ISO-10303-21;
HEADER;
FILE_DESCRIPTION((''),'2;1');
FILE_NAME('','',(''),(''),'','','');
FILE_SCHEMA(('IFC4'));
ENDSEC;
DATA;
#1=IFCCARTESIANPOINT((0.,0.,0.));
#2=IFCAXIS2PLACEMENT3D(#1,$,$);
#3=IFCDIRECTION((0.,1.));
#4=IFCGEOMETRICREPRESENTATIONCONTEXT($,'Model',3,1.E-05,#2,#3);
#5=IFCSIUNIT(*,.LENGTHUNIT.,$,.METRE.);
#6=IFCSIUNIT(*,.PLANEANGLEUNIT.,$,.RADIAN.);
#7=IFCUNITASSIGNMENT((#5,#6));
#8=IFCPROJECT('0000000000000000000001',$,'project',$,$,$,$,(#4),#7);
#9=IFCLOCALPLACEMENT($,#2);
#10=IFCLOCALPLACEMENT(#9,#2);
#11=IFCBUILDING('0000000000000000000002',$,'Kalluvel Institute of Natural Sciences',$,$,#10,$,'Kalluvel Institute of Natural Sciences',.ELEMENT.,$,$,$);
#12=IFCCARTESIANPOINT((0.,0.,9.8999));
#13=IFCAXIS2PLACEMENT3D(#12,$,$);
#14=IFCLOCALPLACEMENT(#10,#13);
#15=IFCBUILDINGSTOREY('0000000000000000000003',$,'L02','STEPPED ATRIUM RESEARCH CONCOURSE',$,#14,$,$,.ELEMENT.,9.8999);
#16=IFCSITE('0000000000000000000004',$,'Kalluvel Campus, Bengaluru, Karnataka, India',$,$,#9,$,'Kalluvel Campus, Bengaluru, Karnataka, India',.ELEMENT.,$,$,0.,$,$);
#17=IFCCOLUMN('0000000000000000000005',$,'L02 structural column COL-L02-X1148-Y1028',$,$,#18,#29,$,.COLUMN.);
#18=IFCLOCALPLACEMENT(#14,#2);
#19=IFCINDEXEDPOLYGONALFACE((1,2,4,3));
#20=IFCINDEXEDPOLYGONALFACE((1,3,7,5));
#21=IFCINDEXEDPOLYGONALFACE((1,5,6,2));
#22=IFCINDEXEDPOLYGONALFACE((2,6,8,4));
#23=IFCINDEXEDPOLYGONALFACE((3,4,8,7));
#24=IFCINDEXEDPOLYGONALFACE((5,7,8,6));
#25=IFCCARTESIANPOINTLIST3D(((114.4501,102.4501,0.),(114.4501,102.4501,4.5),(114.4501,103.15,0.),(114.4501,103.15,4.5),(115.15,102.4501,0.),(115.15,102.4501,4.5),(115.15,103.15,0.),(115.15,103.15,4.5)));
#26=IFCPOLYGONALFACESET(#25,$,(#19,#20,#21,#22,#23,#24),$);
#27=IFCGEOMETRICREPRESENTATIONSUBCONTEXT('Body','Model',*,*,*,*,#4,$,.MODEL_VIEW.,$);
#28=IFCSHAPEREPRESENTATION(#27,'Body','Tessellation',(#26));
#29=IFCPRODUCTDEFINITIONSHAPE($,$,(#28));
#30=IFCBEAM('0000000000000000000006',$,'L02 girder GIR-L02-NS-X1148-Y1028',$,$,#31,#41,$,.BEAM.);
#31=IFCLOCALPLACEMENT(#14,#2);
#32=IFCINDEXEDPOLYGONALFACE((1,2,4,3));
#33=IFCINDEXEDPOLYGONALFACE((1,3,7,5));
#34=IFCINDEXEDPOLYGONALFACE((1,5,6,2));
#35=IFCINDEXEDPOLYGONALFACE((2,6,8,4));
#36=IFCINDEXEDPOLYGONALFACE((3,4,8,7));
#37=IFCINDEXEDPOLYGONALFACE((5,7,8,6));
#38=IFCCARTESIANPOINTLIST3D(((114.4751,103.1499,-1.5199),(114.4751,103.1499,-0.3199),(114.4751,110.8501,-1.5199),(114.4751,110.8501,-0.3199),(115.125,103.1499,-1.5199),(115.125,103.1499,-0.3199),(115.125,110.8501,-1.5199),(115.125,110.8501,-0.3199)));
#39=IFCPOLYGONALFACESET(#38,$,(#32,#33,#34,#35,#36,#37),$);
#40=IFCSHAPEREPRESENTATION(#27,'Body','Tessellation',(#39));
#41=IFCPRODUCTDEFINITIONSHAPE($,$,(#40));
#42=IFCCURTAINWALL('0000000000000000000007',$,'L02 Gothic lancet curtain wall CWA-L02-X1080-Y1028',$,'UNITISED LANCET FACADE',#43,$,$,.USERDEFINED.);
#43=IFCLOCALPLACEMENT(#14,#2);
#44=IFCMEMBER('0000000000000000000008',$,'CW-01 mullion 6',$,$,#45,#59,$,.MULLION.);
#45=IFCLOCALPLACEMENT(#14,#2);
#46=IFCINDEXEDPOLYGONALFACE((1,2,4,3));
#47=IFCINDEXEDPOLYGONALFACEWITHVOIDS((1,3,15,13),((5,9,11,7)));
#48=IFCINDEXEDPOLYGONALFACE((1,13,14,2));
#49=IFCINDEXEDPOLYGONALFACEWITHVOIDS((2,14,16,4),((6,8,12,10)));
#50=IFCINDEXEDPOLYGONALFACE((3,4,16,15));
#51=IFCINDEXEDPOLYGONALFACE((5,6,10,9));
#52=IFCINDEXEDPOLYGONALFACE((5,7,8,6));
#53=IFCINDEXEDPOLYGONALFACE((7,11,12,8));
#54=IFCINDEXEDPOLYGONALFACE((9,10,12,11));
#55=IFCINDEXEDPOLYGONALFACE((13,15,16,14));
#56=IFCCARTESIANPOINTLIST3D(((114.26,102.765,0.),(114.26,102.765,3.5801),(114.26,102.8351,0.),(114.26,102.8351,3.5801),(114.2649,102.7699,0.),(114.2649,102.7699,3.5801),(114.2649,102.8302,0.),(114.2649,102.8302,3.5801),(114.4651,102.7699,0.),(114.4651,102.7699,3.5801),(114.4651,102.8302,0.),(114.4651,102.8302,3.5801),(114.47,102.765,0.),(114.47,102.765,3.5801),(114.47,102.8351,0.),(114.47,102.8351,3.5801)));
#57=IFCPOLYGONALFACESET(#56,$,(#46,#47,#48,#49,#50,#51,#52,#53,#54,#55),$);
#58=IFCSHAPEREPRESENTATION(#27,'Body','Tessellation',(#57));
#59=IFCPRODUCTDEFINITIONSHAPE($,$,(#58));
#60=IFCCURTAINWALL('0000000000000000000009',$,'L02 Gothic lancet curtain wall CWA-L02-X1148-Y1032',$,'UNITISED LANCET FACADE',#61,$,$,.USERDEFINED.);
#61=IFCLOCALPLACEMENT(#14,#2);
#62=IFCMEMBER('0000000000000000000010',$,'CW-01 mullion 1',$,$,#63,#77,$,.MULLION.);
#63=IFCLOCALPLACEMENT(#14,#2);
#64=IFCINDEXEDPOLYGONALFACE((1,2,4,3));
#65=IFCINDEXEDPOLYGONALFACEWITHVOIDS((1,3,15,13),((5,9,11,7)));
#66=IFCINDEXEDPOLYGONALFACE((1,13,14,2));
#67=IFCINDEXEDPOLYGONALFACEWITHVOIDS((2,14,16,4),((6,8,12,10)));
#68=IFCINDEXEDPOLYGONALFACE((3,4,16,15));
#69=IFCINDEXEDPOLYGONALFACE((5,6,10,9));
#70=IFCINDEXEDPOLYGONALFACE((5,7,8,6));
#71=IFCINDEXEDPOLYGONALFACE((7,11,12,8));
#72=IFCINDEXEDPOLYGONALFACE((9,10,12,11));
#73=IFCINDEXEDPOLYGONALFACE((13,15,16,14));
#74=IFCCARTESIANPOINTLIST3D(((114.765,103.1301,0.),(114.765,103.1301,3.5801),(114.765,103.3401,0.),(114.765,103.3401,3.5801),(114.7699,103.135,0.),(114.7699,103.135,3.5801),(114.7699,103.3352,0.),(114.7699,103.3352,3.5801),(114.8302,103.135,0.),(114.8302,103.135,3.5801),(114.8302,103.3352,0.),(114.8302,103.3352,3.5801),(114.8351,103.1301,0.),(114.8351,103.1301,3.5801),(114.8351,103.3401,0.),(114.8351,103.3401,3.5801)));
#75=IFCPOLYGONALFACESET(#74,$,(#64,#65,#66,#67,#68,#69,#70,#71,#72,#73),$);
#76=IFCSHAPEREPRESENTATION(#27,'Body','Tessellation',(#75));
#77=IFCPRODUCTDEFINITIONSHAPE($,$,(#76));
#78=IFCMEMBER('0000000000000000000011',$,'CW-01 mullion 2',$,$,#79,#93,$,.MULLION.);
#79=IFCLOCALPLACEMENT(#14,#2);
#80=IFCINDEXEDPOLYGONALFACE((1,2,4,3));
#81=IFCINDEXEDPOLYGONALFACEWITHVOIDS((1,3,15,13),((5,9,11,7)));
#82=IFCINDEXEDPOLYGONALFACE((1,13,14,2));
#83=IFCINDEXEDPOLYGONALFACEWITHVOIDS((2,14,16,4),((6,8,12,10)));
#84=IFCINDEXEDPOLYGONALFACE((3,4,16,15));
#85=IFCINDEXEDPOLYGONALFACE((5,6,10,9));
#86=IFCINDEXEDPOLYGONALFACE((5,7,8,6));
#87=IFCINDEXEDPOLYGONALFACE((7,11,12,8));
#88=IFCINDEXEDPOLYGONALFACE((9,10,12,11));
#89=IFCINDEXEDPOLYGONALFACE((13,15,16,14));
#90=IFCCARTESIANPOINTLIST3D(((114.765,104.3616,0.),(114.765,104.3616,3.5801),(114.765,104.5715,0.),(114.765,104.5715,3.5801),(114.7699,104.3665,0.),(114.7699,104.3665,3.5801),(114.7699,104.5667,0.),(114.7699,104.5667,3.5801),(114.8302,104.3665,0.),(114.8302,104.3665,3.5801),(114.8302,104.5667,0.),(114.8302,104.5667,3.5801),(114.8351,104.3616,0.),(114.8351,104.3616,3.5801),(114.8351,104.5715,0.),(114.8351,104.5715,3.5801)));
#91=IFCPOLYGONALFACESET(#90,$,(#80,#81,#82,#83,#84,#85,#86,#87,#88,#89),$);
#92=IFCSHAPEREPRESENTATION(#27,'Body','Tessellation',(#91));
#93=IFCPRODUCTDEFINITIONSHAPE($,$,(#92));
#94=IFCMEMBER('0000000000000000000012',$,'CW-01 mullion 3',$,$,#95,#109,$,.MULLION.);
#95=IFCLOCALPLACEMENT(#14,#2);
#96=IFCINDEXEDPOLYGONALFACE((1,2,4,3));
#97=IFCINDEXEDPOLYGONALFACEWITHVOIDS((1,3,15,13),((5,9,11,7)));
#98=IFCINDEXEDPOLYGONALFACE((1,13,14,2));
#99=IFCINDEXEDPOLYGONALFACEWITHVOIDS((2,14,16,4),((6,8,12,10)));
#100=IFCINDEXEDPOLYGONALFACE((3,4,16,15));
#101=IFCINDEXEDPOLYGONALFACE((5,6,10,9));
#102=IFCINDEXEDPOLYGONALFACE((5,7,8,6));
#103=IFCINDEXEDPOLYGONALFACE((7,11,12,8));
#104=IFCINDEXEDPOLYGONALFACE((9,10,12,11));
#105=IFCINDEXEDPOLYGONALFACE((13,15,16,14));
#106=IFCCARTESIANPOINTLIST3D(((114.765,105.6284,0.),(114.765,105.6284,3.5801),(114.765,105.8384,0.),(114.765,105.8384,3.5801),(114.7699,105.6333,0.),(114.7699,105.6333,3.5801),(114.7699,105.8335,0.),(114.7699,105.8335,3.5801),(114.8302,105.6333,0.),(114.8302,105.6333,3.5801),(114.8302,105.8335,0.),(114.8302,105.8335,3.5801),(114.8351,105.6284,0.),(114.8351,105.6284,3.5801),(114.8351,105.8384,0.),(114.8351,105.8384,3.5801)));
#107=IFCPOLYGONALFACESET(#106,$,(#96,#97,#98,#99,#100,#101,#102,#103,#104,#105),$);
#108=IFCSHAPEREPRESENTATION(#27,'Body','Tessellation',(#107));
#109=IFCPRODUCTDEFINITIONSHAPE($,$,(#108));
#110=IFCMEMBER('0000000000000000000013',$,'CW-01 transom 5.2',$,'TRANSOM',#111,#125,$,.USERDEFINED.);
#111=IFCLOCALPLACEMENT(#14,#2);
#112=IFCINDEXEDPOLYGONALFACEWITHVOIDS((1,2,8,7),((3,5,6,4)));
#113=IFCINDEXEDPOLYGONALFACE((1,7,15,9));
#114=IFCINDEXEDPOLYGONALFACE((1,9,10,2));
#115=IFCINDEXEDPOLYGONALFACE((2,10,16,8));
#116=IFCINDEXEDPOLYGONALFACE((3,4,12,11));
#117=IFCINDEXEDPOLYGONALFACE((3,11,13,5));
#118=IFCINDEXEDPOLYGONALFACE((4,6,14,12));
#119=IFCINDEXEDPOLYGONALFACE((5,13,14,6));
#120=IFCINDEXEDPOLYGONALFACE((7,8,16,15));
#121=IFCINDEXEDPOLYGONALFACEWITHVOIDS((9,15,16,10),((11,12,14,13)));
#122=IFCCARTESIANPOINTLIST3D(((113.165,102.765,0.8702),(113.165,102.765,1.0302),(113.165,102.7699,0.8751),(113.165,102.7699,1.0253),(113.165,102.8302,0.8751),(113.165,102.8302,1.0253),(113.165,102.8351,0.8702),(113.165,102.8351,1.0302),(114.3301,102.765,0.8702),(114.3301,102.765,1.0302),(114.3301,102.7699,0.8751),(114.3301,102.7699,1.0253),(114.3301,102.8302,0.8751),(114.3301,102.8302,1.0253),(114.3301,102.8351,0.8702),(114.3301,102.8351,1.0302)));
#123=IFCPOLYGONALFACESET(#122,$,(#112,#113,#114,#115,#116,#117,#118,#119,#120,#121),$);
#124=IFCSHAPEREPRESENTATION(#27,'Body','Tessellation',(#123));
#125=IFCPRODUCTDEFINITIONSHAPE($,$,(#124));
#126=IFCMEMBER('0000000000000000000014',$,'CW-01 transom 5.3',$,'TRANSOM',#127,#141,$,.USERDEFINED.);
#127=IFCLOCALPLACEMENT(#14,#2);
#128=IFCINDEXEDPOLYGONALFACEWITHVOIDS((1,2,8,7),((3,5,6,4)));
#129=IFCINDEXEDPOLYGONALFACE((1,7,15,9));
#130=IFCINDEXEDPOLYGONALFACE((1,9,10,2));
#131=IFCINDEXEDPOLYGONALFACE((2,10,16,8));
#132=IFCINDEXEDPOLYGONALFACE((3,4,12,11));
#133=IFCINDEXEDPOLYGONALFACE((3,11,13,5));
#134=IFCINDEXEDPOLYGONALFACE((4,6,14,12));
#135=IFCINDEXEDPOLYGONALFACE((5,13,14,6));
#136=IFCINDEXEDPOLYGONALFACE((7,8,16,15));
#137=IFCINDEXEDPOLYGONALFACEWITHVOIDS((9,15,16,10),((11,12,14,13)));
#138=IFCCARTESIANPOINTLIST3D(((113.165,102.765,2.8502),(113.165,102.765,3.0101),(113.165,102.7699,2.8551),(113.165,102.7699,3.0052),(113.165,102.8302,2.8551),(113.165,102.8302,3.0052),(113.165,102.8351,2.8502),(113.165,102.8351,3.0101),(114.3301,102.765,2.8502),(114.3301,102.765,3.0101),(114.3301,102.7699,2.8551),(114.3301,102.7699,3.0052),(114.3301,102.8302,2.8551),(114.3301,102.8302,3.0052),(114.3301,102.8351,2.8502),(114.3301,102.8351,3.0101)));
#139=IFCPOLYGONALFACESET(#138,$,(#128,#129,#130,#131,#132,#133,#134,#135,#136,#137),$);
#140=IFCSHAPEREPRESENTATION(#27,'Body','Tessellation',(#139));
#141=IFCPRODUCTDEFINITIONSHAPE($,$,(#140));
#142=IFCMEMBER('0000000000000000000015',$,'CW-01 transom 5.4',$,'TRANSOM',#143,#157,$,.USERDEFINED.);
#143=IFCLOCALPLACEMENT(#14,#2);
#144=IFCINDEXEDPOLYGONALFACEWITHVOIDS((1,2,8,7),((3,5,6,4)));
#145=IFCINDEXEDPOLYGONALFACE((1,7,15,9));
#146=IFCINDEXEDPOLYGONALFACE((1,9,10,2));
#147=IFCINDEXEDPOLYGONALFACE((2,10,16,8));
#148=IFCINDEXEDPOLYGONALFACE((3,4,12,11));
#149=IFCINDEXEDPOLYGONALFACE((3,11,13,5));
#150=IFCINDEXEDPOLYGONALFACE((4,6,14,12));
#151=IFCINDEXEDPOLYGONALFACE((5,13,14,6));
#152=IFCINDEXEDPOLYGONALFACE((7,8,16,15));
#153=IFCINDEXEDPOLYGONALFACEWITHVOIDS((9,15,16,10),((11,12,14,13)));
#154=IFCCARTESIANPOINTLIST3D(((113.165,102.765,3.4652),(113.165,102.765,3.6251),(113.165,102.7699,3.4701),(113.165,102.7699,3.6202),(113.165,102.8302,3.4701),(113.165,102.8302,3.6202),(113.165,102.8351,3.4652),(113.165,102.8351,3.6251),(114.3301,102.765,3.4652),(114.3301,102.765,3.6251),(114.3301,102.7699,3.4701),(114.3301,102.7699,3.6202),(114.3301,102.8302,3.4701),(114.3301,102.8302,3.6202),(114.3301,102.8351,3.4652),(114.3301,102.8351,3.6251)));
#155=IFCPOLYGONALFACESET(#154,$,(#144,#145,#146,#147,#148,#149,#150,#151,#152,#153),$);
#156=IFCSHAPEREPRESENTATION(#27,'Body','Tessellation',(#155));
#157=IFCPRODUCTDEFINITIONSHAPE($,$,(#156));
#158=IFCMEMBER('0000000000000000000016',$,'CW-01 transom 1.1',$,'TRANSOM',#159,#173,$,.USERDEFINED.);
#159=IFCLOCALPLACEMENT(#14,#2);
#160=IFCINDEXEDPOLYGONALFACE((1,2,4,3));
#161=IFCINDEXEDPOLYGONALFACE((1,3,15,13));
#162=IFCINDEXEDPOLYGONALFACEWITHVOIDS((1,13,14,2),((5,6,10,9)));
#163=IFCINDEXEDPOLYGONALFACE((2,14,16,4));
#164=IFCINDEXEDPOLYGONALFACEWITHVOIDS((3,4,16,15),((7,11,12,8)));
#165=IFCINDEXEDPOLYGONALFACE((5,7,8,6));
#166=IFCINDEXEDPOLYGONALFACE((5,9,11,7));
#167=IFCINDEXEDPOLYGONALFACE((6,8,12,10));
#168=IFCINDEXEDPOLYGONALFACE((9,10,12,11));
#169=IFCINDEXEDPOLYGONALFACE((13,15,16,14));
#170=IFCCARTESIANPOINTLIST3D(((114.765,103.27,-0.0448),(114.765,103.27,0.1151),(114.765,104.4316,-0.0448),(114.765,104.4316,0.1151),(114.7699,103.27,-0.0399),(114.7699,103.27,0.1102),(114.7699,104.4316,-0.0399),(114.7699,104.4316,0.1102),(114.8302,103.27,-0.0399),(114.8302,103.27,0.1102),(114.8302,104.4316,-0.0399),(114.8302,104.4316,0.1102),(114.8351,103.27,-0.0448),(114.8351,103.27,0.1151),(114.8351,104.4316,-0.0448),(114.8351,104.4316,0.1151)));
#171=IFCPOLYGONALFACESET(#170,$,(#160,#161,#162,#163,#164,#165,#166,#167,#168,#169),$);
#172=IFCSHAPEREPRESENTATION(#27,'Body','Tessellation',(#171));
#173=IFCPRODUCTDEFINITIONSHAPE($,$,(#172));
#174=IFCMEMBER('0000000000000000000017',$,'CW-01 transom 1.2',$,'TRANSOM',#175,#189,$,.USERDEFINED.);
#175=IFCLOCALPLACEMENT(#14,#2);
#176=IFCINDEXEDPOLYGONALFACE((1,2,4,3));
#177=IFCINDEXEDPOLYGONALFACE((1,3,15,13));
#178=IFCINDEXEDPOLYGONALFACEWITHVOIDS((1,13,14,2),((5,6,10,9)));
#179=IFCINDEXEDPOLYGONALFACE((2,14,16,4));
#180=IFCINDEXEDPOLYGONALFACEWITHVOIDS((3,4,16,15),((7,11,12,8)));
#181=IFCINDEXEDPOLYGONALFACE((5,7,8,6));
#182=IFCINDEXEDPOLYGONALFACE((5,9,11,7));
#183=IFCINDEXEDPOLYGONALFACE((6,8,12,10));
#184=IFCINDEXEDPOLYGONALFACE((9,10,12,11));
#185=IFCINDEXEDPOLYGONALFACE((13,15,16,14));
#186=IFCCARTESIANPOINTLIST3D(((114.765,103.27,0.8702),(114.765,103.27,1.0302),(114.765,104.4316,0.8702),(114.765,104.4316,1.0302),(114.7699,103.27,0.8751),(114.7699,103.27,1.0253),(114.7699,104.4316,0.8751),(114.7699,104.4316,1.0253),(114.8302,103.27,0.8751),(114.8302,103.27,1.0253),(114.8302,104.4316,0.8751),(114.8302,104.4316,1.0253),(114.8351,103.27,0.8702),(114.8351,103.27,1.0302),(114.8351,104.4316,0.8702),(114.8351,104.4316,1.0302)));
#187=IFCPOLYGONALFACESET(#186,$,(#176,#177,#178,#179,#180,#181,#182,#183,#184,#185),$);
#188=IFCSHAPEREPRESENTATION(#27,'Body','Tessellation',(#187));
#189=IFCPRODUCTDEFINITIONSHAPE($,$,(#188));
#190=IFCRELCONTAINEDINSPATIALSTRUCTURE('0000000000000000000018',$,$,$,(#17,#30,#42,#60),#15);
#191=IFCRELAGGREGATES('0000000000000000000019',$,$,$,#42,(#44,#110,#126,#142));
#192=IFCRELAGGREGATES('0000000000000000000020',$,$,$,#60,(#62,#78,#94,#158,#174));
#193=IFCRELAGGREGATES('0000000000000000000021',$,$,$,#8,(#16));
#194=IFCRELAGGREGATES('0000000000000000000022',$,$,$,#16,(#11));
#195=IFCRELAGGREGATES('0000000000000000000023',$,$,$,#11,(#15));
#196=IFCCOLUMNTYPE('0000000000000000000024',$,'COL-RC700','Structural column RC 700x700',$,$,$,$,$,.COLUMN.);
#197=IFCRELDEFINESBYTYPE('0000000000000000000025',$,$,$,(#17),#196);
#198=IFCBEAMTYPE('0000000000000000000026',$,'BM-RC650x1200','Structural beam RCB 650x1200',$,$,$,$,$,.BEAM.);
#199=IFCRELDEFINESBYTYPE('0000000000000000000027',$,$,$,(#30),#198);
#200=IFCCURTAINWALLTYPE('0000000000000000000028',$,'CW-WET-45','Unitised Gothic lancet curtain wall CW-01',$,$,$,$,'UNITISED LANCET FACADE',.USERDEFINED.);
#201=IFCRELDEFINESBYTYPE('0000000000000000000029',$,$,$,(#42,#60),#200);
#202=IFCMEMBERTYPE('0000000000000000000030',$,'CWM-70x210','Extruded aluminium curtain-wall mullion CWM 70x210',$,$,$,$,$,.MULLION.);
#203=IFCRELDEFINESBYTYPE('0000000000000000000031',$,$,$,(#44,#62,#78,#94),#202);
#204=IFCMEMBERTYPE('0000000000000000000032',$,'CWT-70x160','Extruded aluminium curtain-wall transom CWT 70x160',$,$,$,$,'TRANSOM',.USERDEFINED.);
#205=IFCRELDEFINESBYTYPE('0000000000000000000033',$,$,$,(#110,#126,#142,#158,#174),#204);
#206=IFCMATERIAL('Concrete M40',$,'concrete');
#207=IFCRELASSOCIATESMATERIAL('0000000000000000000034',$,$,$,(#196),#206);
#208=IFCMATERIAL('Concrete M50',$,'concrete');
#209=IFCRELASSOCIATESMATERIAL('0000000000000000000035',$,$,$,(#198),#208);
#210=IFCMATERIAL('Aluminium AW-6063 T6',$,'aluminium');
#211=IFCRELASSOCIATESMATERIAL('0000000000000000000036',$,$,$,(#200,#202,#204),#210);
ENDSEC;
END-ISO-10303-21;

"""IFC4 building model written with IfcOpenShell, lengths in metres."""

from ifc_helpers import new_model, si_unit, direction, frame, origin, origin_2d, place, context, subcontext, project, spatial, rectangle, hollow_rectangle, extrude, material, material_profile, profile_set, type_object, element, aggregate, save


model = new_model("IFC4")

# Units and contexts
model_context = context("Model", 3, precision=1e-05, world=origin(), true_north=direction((0.0, 1.0)))
body_context = subcontext(model_context, "Body", "Model", "MODEL_VIEW")
ifc_project = project(units=[si_unit("LENGTHUNIT", "METRE"), si_unit("PLANEANGLEUNIT", "RADIAN")], contexts=[model_context])

# Site, building, storey
site_placement = place(None, origin())
site = spatial("IfcSite", under=ifc_project, at=site_placement, Name="Kalluvel Campus, Bengaluru, Karnataka, India", LongName="Kalluvel Campus, Bengaluru, Karnataka, India", CompositionType="ELEMENT", RefElevation=0.0)
building_placement = place(site_placement, origin())
building = spatial("IfcBuilding", under=site, at=building_placement, Name="Kalluvel Institute of Natural Sciences", LongName="Kalluvel Institute of Natural Sciences", CompositionType="ELEMENT")
storey_placement = place(building_placement, frame((0.0, 0.0, 9.8999)))
storey = spatial("IfcBuildingStorey", under=building, at=storey_placement, Name="L02", Description="STEPPED ATRIUM RESEARCH CONCOURSE", CompositionType="ELEMENT", Elevation=9.8999)

# Column
ifc_material_1 = material(Name="Concrete M40", Category="concrete")
ifc_material_profile_1 = material_profile(ifc_material_1, rectangle(XDim=0.7, YDim=0.7, at=origin_2d()), Name="RC 700x700")
ifc_profile_set_1 = profile_set([ifc_material_profile_1], Name="Concrete M40")
column_type = type_object("IfcColumnType", Name="COL-RC700", Description="Structural column RC 700x700", PredefinedType="COLUMN", material=ifc_profile_set_1)
column_placement = place(storey_placement, frame((114.8, 102.8, 0.0), z_axis=(0.0, 0.0, 1.0), x_axis=(1.0, 0.0, 0.0)))
element("IfcColumn", 1, at=column_placement, inside=storey, type_object=column_type, Name="L02 structural column COL-L02-X1148-Y1028", PredefinedType="COLUMN", context=body_context, shape_type="SweptSolid", body=[
    extrude(rectangle(XDim=0.7, YDim=0.7, at=origin_2d()), origin(), (0.0, 0.0, 1.0), 4.5),
])

# Beam
ifc_material_2 = material(Name="Concrete M50", Category="concrete")
ifc_material_profile_2 = material_profile(ifc_material_2, rectangle(XDim=0.6499, YDim=1.2, at=origin_2d()), Name="RCB 650x1200")
ifc_profile_set_2 = profile_set([ifc_material_profile_2], Name="Concrete M50")
beam_type = type_object("IfcBeamType", Name="BM-RC650x1200", Description="Structural beam RCB 650x1200", PredefinedType="BEAM", material=ifc_profile_set_2)
beam_placement = place(storey_placement, frame((114.8, 103.1499, -0.9199), z_axis=(0.0, 1.0, 0.0), x_axis=(-1.0, 0.0, 0.0)))
element("IfcBeam", 2, at=beam_placement, inside=storey, type_object=beam_type, Name="L02 girder GIR-L02-NS-X1148-Y1028", PredefinedType="BEAM", context=body_context, shape_type="SweptSolid", body=[
    extrude(rectangle(XDim=0.6499, YDim=1.2, at=origin_2d()), origin(), (0.0, 0.0, 1.0), 7.7002),
])

# Curtain wall, member
ifc_material_3 = material(Name="Aluminium AW-6063 T6", Category="aluminium")
curtain_wall_type = type_object("IfcCurtainWallType", Name="CW-WET-45", Description="Unitised Gothic lancet curtain wall CW-01", ElementType="UNITISED LANCET FACADE", PredefinedType="USERDEFINED", material=ifc_material_3)
curtain_wall_1_placement = place(storey_placement, origin())
curtain_wall_1 = element("IfcCurtainWall", 3, at=curtain_wall_1_placement, inside=storey, type_object=curtain_wall_type, Name="L02 Gothic lancet curtain wall CWA-L02-X1080-Y1028", ObjectType="UNITISED LANCET FACADE", PredefinedType="USERDEFINED")
ifc_material_profile_3 = material_profile(ifc_material_3, hollow_rectangle(XDim=0.0701, YDim=0.21, WallThickness=0.0049, at=origin_2d()), Name="CWM 70x210")
ifc_profile_set_3 = profile_set([ifc_material_profile_3], Name="Aluminium AW-6063 T6")
member_type_1 = type_object("IfcMemberType", Name="CWM-70x210", Description="Extruded aluminium curtain-wall mullion CWM 70x210", PredefinedType="MULLION", material=ifc_profile_set_3)
member_1_placement = place(storey_placement, frame((114.365, 102.8, 0.0), z_axis=(0.0, 0.0, 1.0), x_axis=(0.0, 1.0, 0.0)))
member_1 = element("IfcMember", 4, at=member_1_placement, type_object=member_type_1, Name="CW-01 mullion 6", PredefinedType="MULLION", context=body_context, shape_type="SweptSolid", body=[
    extrude(hollow_rectangle(XDim=0.0701, YDim=0.21, WallThickness=0.0049, at=origin_2d()), origin(), (0.0, 0.0, 1.0), 3.5801),
])

# Curtain wall, members
curtain_wall_2_placement = place(storey_placement, origin())
curtain_wall_2 = element("IfcCurtainWall", 5, at=curtain_wall_2_placement, inside=storey, type_object=curtain_wall_type, Name="L02 Gothic lancet curtain wall CWA-L02-X1148-Y1032", ObjectType="UNITISED LANCET FACADE", PredefinedType="USERDEFINED")
member_2_placement = place(storey_placement, frame((114.8, 103.2351, 0.0), z_axis=(0.0, 0.0, 1.0), x_axis=(-1.0, 0.0, 0.0)))
member_2 = element("IfcMember", 6, at=member_2_placement, type_object=member_type_1, Name="CW-01 mullion 1", PredefinedType="MULLION", context=body_context, shape_type="SweptSolid", body=[
    extrude(hollow_rectangle(XDim=0.0701, YDim=0.21, WallThickness=0.0049, at=origin_2d()), origin(), (0.0, 0.0, 1.0), 3.5801),
])
member_3_placement = place(storey_placement, frame((114.8, 104.4666, 0.0), z_axis=(0.0, 0.0, 1.0), x_axis=(-1.0, 0.0, 0.0)))
member_3 = element("IfcMember", 7, at=member_3_placement, type_object=member_type_1, Name="CW-01 mullion 2", PredefinedType="MULLION", context=body_context, shape_type="SweptSolid", body=[
    extrude(hollow_rectangle(XDim=0.0701, YDim=0.21, WallThickness=0.0049, at=origin_2d()), origin(), (0.0, 0.0, 1.0), 3.5801),
])
member_4_placement = place(storey_placement, frame((114.8, 105.7334, 0.0), z_axis=(0.0, 0.0, 1.0), x_axis=(-1.0, 0.0, 0.0)))
member_4 = element("IfcMember", 8, at=member_4_placement, type_object=member_type_1, Name="CW-01 mullion 3", PredefinedType="MULLION", context=body_context, shape_type="SweptSolid", body=[
    extrude(hollow_rectangle(XDim=0.0701, YDim=0.21, WallThickness=0.0049, at=origin_2d()), origin(), (0.0, 0.0, 1.0), 3.5801),
])

# Members
ifc_material_profile_4 = material_profile(ifc_material_3, hollow_rectangle(XDim=0.0701, YDim=0.1599, WallThickness=0.0049, at=origin_2d()), Name="CWT 70x160")
ifc_profile_set_4 = profile_set([ifc_material_profile_4], Name="Aluminium AW-6063 T6")
member_type_2 = type_object("IfcMemberType", Name="CWT-70x160", Description="Extruded aluminium curtain-wall transom CWT 70x160", ElementType="TRANSOM", PredefinedType="USERDEFINED", material=ifc_profile_set_4)
member_5_placement = place(storey_placement, frame((113.165, 102.8, 0.9502), z_axis=(1.0, 0.0, 0.0), x_axis=(0.0, 1.0, 0.0)))
member_5 = element("IfcMember", 9, at=member_5_placement, type_object=member_type_2, Name="CW-01 transom 5.2", ObjectType="TRANSOM", PredefinedType="USERDEFINED", context=body_context, shape_type="SweptSolid", body=[
    extrude(hollow_rectangle(XDim=0.0701, YDim=0.1599, WallThickness=0.0049, at=origin_2d()), origin(), (0.0, 0.0, 1.0), 1.165),
])
member_6_placement = place(storey_placement, frame((113.165, 102.8, 2.9302), z_axis=(1.0, 0.0, 0.0), x_axis=(0.0, 1.0, 0.0)))
member_6 = element("IfcMember", 10, at=member_6_placement, type_object=member_type_2, Name="CW-01 transom 5.3", ObjectType="TRANSOM", PredefinedType="USERDEFINED", context=body_context, shape_type="SweptSolid", body=[
    extrude(hollow_rectangle(XDim=0.0701, YDim=0.1599, WallThickness=0.0049, at=origin_2d()), origin(), (0.0, 0.0, 1.0), 1.165),
])
member_7_placement = place(storey_placement, frame((113.165, 102.8, 3.5452), z_axis=(1.0, 0.0, 0.0), x_axis=(0.0, 1.0, 0.0)))
member_7 = element("IfcMember", 11, at=member_7_placement, type_object=member_type_2, Name="CW-01 transom 5.4", ObjectType="TRANSOM", PredefinedType="USERDEFINED", context=body_context, shape_type="SweptSolid", body=[
    extrude(hollow_rectangle(XDim=0.0701, YDim=0.1599, WallThickness=0.0049, at=origin_2d()), origin(), (0.0, 0.0, 1.0), 1.165),
])
member_8_placement = place(storey_placement, frame((114.8, 103.27, 0.0352), z_axis=(0.0, 1.0, 0.0), x_axis=(-1.0, 0.0, 0.0)))
member_8 = element("IfcMember", 12, at=member_8_placement, type_object=member_type_2, Name="CW-01 transom 1.1", ObjectType="TRANSOM", PredefinedType="USERDEFINED", context=body_context, shape_type="SweptSolid", body=[
    extrude(hollow_rectangle(XDim=0.0701, YDim=0.1599, WallThickness=0.0049, at=origin_2d()), origin(), (0.0, 0.0, 1.0), 1.1616),
])
member_9_placement = place(storey_placement, frame((114.8, 103.27, 0.9502), z_axis=(0.0, 1.0, 0.0), x_axis=(-1.0, 0.0, 0.0)))
member_9 = element("IfcMember", 13, at=member_9_placement, type_object=member_type_2, Name="CW-01 transom 1.2", ObjectType="TRANSOM", PredefinedType="USERDEFINED", context=body_context, shape_type="SweptSolid", body=[
    extrude(hollow_rectangle(XDim=0.0701, YDim=0.1599, WallThickness=0.0049, at=origin_2d()), origin(), (0.0, 0.0, 1.0), 1.1616),
])

aggregate(curtain_wall_1, [member_1, member_5, member_6, member_7])
aggregate(curtain_wall_2, [member_2, member_3, member_4, member_8, member_9])

save(model, "model.ifc")
